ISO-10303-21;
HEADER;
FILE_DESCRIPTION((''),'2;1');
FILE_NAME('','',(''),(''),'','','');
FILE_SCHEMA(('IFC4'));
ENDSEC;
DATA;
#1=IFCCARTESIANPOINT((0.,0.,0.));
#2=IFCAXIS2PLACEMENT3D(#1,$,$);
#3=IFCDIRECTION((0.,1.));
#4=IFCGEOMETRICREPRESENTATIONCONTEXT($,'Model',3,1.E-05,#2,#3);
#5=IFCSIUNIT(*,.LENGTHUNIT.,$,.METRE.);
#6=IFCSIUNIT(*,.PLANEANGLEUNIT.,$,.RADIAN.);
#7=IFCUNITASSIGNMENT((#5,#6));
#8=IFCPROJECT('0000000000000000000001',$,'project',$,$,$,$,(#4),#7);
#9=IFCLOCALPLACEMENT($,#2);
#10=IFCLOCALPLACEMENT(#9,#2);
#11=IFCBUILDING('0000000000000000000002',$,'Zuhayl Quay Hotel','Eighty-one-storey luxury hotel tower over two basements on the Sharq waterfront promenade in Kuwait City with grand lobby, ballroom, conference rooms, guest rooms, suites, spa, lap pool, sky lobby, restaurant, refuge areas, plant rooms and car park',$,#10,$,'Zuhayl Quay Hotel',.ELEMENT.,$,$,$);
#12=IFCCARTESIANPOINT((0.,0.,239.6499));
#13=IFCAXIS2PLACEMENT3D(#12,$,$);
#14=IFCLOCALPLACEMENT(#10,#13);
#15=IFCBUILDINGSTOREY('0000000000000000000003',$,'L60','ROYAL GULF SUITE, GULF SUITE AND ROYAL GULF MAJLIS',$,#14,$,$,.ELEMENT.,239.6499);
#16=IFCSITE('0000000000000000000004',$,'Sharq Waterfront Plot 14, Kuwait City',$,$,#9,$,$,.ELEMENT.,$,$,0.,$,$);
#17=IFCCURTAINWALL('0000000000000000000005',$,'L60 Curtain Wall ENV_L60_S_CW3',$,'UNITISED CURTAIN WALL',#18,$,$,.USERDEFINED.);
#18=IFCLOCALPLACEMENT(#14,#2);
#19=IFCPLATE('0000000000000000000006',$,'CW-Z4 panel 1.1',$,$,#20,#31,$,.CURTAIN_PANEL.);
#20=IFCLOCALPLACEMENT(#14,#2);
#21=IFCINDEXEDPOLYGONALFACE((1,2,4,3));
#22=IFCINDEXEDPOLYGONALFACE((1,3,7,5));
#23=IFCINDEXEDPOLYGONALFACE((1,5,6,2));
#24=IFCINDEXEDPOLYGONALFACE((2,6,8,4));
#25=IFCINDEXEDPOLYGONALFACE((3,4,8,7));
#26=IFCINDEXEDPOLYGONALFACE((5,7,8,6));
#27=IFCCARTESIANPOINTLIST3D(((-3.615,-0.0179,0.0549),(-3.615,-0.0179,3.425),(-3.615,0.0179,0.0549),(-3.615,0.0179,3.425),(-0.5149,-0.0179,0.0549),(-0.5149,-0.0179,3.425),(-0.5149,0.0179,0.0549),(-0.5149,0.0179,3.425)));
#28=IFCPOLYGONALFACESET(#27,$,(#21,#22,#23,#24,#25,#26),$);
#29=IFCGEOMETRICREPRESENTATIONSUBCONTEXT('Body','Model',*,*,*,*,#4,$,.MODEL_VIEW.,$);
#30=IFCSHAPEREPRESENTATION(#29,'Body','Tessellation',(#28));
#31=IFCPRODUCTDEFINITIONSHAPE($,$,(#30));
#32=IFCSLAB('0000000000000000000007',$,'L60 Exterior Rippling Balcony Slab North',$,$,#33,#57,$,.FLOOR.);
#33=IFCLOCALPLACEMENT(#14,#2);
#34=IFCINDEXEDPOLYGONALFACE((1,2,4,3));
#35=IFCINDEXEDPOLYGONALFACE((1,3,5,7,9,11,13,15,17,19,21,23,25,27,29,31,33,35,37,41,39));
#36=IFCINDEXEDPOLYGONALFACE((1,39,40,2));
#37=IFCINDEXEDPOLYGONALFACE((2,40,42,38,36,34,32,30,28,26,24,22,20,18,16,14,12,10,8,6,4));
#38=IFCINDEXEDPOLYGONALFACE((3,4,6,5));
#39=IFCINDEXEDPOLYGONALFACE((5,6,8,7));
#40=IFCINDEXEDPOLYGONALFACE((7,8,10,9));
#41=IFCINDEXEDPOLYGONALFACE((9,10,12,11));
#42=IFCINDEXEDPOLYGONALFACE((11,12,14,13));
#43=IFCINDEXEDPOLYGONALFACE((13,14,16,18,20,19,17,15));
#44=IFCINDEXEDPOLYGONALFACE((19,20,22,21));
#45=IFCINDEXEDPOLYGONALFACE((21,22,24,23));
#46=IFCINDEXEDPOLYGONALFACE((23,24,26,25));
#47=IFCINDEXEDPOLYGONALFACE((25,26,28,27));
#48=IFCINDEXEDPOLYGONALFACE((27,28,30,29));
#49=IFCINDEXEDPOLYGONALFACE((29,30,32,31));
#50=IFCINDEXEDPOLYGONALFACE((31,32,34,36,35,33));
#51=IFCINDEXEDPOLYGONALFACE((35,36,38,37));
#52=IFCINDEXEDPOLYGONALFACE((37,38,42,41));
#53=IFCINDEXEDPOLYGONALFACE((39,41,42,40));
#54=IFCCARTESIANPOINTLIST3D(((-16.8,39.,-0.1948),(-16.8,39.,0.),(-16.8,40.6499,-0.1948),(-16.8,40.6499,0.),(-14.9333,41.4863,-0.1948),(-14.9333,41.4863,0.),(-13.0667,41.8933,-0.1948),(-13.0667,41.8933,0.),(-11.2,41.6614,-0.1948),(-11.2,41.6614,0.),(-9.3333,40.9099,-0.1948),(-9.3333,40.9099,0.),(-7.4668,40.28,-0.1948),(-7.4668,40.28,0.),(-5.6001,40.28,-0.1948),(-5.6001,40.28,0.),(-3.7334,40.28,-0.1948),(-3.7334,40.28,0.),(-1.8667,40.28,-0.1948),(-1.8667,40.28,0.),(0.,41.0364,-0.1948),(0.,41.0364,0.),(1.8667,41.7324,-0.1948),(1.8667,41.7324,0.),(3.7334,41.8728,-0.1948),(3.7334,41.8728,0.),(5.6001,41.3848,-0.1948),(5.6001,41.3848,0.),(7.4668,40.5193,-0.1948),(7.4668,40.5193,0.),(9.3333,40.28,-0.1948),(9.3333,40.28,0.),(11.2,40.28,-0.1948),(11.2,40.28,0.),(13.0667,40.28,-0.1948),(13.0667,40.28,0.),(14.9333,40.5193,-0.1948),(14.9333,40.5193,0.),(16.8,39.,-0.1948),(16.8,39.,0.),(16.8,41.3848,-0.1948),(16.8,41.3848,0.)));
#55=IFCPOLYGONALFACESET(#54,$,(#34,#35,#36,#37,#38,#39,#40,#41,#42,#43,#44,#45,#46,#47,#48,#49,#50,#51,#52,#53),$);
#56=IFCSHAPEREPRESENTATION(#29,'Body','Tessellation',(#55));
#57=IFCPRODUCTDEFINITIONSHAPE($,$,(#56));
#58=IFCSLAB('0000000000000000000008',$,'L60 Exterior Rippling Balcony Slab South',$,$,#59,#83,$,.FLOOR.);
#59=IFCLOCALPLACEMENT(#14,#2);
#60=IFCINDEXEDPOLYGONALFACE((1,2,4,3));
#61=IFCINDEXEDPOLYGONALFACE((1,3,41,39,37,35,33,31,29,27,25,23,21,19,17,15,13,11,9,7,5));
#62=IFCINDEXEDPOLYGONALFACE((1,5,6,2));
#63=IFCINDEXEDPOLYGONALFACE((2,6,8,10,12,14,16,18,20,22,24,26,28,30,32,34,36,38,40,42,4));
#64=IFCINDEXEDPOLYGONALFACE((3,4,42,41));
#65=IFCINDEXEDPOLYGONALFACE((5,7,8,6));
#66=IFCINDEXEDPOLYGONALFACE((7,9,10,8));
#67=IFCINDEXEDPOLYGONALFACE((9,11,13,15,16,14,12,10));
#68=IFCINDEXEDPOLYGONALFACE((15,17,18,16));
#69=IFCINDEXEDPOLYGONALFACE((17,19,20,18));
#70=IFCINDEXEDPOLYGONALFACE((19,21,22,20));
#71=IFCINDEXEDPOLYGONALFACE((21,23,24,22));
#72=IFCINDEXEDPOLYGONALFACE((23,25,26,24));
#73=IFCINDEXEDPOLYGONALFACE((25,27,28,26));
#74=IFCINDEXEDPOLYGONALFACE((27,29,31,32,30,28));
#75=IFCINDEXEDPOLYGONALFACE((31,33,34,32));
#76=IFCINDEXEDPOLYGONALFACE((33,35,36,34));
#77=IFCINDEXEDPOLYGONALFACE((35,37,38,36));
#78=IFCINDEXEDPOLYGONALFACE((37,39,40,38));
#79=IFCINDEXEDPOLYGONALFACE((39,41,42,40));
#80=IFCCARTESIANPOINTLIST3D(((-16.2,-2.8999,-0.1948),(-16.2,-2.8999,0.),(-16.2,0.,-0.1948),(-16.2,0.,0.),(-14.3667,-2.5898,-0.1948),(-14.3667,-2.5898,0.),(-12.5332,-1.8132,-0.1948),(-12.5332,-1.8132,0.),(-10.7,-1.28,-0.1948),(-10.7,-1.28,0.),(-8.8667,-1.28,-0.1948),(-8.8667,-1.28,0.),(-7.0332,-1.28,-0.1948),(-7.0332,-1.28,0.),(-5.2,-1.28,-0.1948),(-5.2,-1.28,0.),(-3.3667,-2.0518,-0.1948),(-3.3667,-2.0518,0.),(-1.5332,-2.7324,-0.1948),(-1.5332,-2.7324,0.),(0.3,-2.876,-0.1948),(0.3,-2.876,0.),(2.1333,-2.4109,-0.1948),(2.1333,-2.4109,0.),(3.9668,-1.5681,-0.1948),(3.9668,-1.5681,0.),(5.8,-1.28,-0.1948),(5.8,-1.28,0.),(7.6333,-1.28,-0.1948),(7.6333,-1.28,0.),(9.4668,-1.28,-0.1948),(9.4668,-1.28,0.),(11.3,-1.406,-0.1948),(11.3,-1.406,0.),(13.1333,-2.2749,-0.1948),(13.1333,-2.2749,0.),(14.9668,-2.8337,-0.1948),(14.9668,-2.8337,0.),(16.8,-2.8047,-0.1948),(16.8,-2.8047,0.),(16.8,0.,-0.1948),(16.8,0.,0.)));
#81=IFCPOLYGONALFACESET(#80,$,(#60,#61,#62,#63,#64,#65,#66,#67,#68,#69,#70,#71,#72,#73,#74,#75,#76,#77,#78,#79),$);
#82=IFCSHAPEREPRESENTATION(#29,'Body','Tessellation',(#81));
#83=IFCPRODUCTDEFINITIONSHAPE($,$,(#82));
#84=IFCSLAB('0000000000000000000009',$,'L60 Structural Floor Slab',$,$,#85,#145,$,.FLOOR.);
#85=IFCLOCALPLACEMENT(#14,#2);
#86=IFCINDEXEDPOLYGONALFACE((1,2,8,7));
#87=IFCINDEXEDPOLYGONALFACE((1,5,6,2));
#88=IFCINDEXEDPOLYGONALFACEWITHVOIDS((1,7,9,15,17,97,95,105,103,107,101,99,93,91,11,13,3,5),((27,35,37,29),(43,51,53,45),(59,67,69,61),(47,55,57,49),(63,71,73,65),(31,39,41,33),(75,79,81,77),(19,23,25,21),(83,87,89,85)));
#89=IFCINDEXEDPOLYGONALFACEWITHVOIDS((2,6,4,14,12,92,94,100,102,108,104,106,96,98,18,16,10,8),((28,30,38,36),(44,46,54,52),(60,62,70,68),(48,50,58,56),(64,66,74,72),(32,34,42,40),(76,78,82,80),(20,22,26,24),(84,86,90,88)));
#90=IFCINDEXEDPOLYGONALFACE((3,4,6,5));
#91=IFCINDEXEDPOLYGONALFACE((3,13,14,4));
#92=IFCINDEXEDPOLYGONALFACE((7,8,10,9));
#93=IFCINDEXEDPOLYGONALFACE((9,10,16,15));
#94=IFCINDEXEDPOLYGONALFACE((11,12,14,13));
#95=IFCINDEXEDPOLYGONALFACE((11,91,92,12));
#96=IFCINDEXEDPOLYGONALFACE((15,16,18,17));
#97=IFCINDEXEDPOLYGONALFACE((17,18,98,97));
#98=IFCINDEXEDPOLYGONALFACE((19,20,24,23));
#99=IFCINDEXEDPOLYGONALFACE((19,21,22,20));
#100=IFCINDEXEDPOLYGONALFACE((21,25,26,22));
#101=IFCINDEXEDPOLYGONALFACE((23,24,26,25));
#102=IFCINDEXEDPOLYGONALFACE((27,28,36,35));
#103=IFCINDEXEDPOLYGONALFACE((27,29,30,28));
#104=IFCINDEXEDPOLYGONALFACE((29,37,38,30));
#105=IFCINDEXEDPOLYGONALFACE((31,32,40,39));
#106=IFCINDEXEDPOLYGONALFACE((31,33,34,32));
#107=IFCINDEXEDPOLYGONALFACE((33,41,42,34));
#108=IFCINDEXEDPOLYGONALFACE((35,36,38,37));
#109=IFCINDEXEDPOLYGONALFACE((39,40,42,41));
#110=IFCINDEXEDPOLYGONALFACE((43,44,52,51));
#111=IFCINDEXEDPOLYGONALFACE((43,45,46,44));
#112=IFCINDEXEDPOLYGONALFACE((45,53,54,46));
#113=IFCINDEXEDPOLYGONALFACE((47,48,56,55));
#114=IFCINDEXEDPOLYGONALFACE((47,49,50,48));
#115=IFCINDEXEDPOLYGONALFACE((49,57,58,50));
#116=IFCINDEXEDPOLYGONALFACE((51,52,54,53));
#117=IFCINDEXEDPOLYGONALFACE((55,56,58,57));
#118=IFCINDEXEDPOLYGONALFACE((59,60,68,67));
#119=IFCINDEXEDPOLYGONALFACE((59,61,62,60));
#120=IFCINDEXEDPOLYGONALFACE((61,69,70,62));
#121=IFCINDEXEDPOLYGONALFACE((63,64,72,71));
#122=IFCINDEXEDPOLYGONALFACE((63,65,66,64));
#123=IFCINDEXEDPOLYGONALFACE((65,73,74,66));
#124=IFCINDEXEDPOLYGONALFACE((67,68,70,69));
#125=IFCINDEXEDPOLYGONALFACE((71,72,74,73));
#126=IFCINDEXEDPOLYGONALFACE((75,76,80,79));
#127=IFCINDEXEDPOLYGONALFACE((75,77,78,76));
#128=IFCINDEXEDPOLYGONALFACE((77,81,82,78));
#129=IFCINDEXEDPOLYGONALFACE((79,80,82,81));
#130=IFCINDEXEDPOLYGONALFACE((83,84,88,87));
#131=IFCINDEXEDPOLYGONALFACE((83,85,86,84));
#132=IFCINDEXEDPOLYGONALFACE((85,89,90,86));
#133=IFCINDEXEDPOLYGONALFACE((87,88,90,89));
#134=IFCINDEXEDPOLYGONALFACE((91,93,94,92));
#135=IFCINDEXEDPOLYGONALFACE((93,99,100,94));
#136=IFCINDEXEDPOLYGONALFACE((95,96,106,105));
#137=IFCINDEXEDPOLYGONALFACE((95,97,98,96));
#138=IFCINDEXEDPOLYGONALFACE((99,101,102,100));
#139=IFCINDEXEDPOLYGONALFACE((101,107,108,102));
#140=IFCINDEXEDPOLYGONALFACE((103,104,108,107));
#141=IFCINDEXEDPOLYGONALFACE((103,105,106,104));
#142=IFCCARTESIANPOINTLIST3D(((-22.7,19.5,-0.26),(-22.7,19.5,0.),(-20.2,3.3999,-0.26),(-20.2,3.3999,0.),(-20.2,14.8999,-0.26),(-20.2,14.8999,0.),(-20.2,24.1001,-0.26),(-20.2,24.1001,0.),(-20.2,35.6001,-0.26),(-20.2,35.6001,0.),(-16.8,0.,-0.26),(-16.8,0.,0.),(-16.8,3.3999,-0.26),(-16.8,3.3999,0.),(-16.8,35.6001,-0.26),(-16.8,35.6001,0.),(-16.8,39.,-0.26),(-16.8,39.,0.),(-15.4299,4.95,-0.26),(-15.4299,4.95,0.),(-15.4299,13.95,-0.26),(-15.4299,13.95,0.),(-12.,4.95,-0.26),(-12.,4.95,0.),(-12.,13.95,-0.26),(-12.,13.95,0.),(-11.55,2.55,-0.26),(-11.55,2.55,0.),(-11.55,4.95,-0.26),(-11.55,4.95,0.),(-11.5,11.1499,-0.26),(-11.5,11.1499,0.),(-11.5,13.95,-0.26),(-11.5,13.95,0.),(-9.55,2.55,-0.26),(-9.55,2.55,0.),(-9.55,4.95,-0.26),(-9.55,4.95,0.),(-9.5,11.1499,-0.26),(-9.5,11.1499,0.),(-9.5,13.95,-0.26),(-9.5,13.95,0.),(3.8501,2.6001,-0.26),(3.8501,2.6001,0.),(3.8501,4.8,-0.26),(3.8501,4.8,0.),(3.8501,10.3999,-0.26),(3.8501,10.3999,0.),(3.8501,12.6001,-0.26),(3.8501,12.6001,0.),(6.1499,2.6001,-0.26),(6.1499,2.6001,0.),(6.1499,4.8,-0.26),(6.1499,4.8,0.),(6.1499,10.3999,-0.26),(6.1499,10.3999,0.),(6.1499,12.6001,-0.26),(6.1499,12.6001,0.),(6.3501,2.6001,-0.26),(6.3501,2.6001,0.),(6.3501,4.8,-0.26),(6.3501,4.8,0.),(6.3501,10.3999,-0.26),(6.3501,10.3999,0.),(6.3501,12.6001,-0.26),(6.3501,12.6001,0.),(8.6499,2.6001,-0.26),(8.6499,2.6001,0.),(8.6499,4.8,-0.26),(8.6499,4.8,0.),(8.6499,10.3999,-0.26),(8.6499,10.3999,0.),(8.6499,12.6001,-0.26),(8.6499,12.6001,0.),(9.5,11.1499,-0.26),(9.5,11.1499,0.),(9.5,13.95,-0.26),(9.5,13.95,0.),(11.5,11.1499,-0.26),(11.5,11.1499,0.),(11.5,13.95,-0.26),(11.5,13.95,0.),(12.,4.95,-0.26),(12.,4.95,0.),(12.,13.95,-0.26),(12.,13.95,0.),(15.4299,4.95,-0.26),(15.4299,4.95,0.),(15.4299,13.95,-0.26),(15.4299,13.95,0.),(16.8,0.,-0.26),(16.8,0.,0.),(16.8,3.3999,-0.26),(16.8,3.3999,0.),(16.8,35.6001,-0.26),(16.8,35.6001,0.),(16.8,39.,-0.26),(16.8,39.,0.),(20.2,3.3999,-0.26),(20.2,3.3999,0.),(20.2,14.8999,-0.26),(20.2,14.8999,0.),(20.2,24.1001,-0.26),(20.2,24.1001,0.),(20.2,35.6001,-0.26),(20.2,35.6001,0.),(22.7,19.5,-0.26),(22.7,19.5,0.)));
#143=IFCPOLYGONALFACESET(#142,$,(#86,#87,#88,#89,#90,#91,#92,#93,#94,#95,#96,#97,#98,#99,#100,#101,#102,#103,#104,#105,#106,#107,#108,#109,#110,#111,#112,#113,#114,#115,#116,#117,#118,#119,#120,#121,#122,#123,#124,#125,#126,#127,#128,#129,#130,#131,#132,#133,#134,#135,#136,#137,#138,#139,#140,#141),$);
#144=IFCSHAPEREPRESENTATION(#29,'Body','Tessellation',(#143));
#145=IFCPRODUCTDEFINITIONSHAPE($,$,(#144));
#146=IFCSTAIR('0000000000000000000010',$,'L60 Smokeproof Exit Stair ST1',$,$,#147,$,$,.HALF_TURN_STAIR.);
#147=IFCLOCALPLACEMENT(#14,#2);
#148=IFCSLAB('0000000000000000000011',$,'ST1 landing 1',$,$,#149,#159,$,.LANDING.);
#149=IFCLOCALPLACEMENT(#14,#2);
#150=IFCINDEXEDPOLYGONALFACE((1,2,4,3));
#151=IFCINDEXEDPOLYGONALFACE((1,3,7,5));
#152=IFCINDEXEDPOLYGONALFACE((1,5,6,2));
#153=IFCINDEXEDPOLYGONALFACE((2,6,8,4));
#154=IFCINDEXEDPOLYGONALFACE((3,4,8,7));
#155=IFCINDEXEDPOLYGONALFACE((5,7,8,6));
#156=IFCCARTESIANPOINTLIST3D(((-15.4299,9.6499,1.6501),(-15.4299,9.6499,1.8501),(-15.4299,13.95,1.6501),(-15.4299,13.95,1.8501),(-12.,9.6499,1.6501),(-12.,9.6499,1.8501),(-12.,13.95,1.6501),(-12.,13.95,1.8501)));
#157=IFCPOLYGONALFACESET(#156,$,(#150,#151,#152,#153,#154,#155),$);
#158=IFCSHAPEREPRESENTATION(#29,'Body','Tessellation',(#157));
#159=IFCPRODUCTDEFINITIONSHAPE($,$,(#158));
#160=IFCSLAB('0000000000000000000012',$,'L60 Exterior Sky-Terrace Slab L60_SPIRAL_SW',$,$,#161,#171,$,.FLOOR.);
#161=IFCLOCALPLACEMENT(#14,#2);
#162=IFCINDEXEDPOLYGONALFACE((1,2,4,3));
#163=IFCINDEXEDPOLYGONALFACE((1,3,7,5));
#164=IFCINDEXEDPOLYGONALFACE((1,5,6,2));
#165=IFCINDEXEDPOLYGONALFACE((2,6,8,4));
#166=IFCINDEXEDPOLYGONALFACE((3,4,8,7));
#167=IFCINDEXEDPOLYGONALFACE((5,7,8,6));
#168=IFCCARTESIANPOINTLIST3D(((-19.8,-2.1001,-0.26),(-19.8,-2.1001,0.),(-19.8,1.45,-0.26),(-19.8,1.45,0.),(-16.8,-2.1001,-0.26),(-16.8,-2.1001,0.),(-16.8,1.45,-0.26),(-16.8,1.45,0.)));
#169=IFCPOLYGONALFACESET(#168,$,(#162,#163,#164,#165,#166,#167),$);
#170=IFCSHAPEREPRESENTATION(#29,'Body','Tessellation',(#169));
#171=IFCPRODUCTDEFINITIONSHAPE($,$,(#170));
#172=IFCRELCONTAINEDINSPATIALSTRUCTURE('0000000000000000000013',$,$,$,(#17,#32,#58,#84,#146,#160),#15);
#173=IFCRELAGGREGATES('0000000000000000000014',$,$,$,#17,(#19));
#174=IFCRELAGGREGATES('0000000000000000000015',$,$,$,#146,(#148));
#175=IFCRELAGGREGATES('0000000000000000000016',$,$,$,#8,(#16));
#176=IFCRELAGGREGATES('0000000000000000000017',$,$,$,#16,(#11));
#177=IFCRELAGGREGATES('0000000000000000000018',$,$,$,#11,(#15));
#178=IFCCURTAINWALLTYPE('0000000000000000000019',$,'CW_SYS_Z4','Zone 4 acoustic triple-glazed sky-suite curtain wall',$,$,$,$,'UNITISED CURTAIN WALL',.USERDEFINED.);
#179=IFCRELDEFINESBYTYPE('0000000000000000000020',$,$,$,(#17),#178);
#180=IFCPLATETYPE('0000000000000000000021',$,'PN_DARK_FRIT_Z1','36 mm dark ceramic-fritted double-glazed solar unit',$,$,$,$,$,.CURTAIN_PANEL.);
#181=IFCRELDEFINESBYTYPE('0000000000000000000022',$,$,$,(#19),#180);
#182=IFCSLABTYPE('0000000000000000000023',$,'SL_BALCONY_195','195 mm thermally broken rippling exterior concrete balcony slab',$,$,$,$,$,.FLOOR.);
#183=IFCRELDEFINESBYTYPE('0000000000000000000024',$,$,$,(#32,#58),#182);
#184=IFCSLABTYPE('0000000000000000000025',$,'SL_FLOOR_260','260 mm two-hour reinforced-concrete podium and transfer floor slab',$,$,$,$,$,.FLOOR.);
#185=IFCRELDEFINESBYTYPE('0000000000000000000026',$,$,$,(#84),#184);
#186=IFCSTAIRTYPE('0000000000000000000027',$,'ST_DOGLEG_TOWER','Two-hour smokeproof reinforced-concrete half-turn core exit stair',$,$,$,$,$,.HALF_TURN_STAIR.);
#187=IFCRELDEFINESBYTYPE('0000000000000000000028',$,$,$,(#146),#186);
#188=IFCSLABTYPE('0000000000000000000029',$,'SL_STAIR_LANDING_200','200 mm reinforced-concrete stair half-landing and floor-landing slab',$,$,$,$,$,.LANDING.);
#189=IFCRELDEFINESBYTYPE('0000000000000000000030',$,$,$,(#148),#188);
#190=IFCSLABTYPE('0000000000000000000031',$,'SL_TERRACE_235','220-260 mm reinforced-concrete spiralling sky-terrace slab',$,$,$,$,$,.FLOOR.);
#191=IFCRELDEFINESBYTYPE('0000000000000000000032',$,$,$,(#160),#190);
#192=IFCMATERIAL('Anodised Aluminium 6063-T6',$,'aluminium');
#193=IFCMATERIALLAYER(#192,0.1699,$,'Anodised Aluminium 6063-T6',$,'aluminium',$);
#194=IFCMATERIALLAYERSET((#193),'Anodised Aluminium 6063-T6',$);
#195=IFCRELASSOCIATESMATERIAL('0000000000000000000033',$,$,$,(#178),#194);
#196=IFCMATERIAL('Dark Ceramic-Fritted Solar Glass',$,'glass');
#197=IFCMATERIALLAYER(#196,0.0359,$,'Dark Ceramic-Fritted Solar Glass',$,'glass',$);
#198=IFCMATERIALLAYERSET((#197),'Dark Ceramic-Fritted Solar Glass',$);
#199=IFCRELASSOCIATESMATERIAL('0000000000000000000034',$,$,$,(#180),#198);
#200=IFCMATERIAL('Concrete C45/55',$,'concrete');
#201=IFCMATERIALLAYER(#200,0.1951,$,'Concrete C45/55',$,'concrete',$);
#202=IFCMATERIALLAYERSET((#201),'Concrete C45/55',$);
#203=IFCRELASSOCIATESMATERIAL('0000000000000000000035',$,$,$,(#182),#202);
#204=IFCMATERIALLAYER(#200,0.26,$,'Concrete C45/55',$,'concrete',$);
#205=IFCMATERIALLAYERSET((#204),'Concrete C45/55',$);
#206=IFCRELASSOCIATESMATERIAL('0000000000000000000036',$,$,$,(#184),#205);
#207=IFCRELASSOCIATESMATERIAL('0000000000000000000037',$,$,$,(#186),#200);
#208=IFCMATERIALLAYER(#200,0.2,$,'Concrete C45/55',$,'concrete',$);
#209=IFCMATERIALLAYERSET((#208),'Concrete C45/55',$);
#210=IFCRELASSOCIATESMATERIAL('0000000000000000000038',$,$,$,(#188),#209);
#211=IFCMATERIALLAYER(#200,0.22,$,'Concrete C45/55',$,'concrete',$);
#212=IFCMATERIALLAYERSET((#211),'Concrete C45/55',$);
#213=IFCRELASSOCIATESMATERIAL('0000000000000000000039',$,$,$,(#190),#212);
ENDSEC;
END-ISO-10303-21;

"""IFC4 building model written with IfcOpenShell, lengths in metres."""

from ifc_helpers import new_model, si_unit, direction, frame, origin, origin_2d, place, context, subcontext, project, spatial, polyline, rectangle, outline, extrude, material, layer, layer_set, type_object, element, aggregate, save


model = new_model("IFC4")

# Units and contexts
model_context = context("Model", 3, precision=1e-05, world=origin(), true_north=direction((0.0, 1.0)))
body_context = subcontext(model_context, "Body", "Model", "MODEL_VIEW")
ifc_project = project(units=[si_unit("LENGTHUNIT", "METRE"), si_unit("PLANEANGLEUNIT", "RADIAN")], contexts=[model_context])

# Site, building, storey
site_placement = place(None, origin())
site = spatial("IfcSite", under=ifc_project, at=site_placement, Name="Sharq Waterfront Plot 14, Kuwait City", CompositionType="ELEMENT", RefElevation=0.0)
building_placement = place(site_placement, origin())
building = spatial("IfcBuilding", under=site, at=building_placement, Name="Zuhayl Quay Hotel", Description="Eighty-one-storey luxury hotel tower over two basements on the Sharq waterfront promenade in Kuwait City with grand lobby, ballroom, conference rooms, guest rooms, suites, spa, lap pool, sky lobby, restaurant, refuge areas, plant rooms and car park", LongName="Zuhayl Quay Hotel", CompositionType="ELEMENT")
storey_placement = place(building_placement, frame((0.0, 0.0, 239.6499)))
storey = spatial("IfcBuildingStorey", under=building, at=storey_placement, Name="L60", Description="ROYAL GULF SUITE, GULF SUITE AND ROYAL GULF MAJLIS", CompositionType="ELEMENT", Elevation=239.6499)

# Curtain wall
ifc_material_1 = material(Name="Anodised Aluminium 6063-T6", Category="aluminium")
ifc_layer_1 = layer(ifc_material_1, 0.1699, Name="Anodised Aluminium 6063-T6", Category="aluminium")
ifc_layer_set_1 = layer_set([ifc_layer_1], Name="Anodised Aluminium 6063-T6")
curtain_wall_type = type_object("IfcCurtainWallType", Name="CW_SYS_Z4", Description="Zone 4 acoustic triple-glazed sky-suite curtain wall", ElementType="UNITISED CURTAIN WALL", PredefinedType="USERDEFINED", material=ifc_layer_set_1)
curtain_wall_1_placement = place(storey_placement, origin())
curtain_wall_1 = element("IfcCurtainWall", 1, at=curtain_wall_1_placement, inside=storey, type_object=curtain_wall_type, Name="L60 Curtain Wall ENV_L60_S_CW3", ObjectType="UNITISED CURTAIN WALL", PredefinedType="USERDEFINED")

# Plate
ifc_material_2 = material(Name="Dark Ceramic-Fritted Solar Glass", Category="glass")
ifc_layer_2 = layer(ifc_material_2, 0.0359, Name="Dark Ceramic-Fritted Solar Glass", Category="glass")
ifc_layer_set_2 = layer_set([ifc_layer_2], Name="Dark Ceramic-Fritted Solar Glass")
plate_type = type_object("IfcPlateType", Name="PN_DARK_FRIT_Z1", Description="36 mm dark ceramic-fritted double-glazed solar unit", PredefinedType="CURTAIN_PANEL", material=ifc_layer_set_2)
plate_placement = place(storey_placement, frame((-2.0649, 0.0, 0.0549), z_axis=(0.0, 0.0, 1.0), x_axis=(-1.0, 0.0, 0.0)))
plate = element("IfcPlate", 2, at=plate_placement, type_object=plate_type, Name="CW-Z4 panel 1.1", PredefinedType="CURTAIN_PANEL", context=body_context, shape_type="SweptSolid", body=[
    extrude(rectangle(XDim=3.1001, YDim=0.0359, at=origin_2d()), origin(), (0.0, 0.0, 1.0), 3.3701),
])
aggregate(curtain_wall_1, [plate])

# Slabs
ifc_material_3 = material(Name="Concrete C45/55", Category="concrete")
ifc_layer_3 = layer(ifc_material_3, 0.1951, Name="Concrete C45/55", Category="concrete")
ifc_layer_set_3 = layer_set([ifc_layer_3], Name="Concrete C45/55")
slab_type_1 = type_object("IfcSlabType", Name="SL_BALCONY_195", Description="195 mm thermally broken rippling exterior concrete balcony slab", PredefinedType="FLOOR", material=ifc_layer_set_3)
slab_1_placement = place(storey_placement, frame((0.0, 0.0, -0.1948)))
element("IfcSlab", 3, at=slab_1_placement, inside=storey, type_object=slab_type_1, Name="L60 Exterior Rippling Balcony Slab North", PredefinedType="FLOOR", context=body_context, shape_type="SweptSolid", body=[
    extrude(outline(polyline([(-16.8, 39.0), (16.8, 39.0), (16.8, 41.3848), (14.9333, 40.5193), (13.0667, 40.28), (11.2, 40.28), (9.3333, 40.28), (7.4668, 40.5193), (5.6001, 41.3848), (3.7334, 41.8728), (1.8667, 41.7324), (0.0, 41.0364), (-1.8667, 40.28), (-3.7334, 40.28), (-5.6001, 40.28), (-7.4668, 40.28), (-9.3333, 40.9099), (-11.2, 41.6614), (-13.0667, 41.8933), (-14.9333, 41.4863), (-16.8, 40.6499), (-16.8, 39.0)])), origin(), (0.0, 0.0, 1.0), 0.1948),
])
slab_2_placement = place(storey_placement, frame((0.0, 0.0, -0.1948)))
element("IfcSlab", 4, at=slab_2_placement, inside=storey, type_object=slab_type_1, Name="L60 Exterior Rippling Balcony Slab South", PredefinedType="FLOOR", context=body_context, shape_type="SweptSolid", body=[
    extrude(outline(polyline([(-16.2, -2.8999), (-14.3667, -2.5898), (-12.5332, -1.8132), (-10.7, -1.28), (-8.8667, -1.28), (-7.0332, -1.28), (-5.2, -1.28), (-3.3667, -2.0518), (-1.5332, -2.7324), (0.3, -2.876), (2.1333, -2.4109), (3.9668, -1.5681), (5.8, -1.28), (7.6333, -1.28), (9.4668, -1.28), (11.3, -1.406), (13.1333, -2.2749), (14.9668, -2.8337), (16.8, -2.8047), (16.8, 0.0), (-16.2, 0.0), (-16.2, -2.8999)])), origin(), (0.0, 0.0, 1.0), 0.1948),
])
ifc_layer_4 = layer(ifc_material_3, 0.26, Name="Concrete C45/55", Category="concrete")
ifc_layer_set_4 = layer_set([ifc_layer_4], Name="Concrete C45/55")
slab_type_2 = type_object("IfcSlabType", Name="SL_FLOOR_260", Description="260 mm two-hour reinforced-concrete podium and transfer floor slab", PredefinedType="FLOOR", material=ifc_layer_set_4)
slab_3_placement = place(storey_placement, frame((0.0, 0.0, -0.26)))
element("IfcSlab", 5, at=slab_3_placement, inside=storey, type_object=slab_type_2, Name="L60 Structural Floor Slab", PredefinedType="FLOOR", context=body_context, shape_type="SweptSolid", body=[
    extrude(outline(polyline([(-16.8, 0.0), (16.8, 0.0), (16.8, 3.3999), (20.2, 3.3999), (20.2, 14.8999), (22.7, 19.5), (20.2, 24.1001), (20.2, 35.6001), (16.8, 35.6001), (16.8, 39.0), (-16.8, 39.0), (-16.8, 35.6001), (-20.2, 35.6001), (-20.2, 24.1001), (-22.7, 19.5), (-20.2, 14.8999), (-20.2, 3.3999), (-16.8, 3.3999), (-16.8, 0.0)]), holes=[polyline([(-12.0, 4.95), (-12.0, 13.95), (-15.4299, 13.95), (-15.4299, 4.95), (-12.0, 4.95)]), polyline([(15.4299, 4.95), (15.4299, 13.95), (12.0, 13.95), (12.0, 4.95), (15.4299, 4.95)]), polyline([(-11.5, 11.1499), (-9.5, 11.1499), (-9.5, 13.95), (-11.5, 13.95), (-11.5, 11.1499)]), polyline([(9.5, 11.1499), (11.5, 11.1499), (11.5, 13.95), (9.5, 13.95), (9.5, 11.1499)]), polyline([(3.8501, 2.6001), (6.1499, 2.6001), (6.1499, 4.8), (3.8501, 4.8), (3.8501, 2.6001)]), polyline([(6.3501, 2.6001), (8.6499, 2.6001), (8.6499, 4.8), (6.3501, 4.8), (6.3501, 2.6001)]), polyline([(3.8501, 10.3999), (6.1499, 10.3999), (6.1499, 12.6001), (3.8501, 12.6001), (3.8501, 10.3999)]), polyline([(6.3501, 10.3999), (8.6499, 10.3999), (8.6499, 12.6001), (6.3501, 12.6001), (6.3501, 10.3999)]), polyline([(-11.55, 2.55), (-9.55, 2.55), (-9.55, 4.95), (-11.55, 4.95), (-11.55, 2.55)])]), origin(), (0.0, 0.0, 1.0), 0.26),
])

# Stair, slab
stair_type = type_object("IfcStairType", Name="ST_DOGLEG_TOWER", Description="Two-hour smokeproof reinforced-concrete half-turn core exit stair", PredefinedType="HALF_TURN_STAIR", material=ifc_material_3)
stair_placement = place(storey_placement, origin())
stair = element("IfcStair", 6, at=stair_placement, inside=storey, type_object=stair_type, Name="L60 Smokeproof Exit Stair ST1", PredefinedType="HALF_TURN_STAIR")
ifc_layer_5 = layer(ifc_material_3, 0.2, Name="Concrete C45/55", Category="concrete")
ifc_layer_set_5 = layer_set([ifc_layer_5], Name="Concrete C45/55")
slab_type_3 = type_object("IfcSlabType", Name="SL_STAIR_LANDING_200", Description="200 mm reinforced-concrete stair half-landing and floor-landing slab", PredefinedType="LANDING", material=ifc_layer_set_5)
slab_4_placement = place(storey_placement, frame((0.0, 0.0, 1.6501)))
slab_4 = element("IfcSlab", 7, at=slab_4_placement, type_object=slab_type_3, Name="ST1 landing 1", PredefinedType="LANDING", context=body_context, shape_type="SweptSolid", body=[
    extrude(outline(polyline([(-12.0, 9.6499), (-12.0, 13.95), (-15.4299, 13.95), (-15.4299, 9.6499), (-12.0, 9.6499)])), origin(), (0.0, 0.0, 1.0), 0.2),
])
aggregate(stair, [slab_4])

# Slab
ifc_layer_6 = layer(ifc_material_3, 0.22, Name="Concrete C45/55", Category="concrete")
ifc_layer_set_6 = layer_set([ifc_layer_6], Name="Concrete C45/55")
slab_type_4 = type_object("IfcSlabType", Name="SL_TERRACE_235", Description="220-260 mm reinforced-concrete spiralling sky-terrace slab", PredefinedType="FLOOR", material=ifc_layer_set_6)
slab_5_placement = place(storey_placement, frame((0.0, 0.0, -0.26)))
element("IfcSlab", 8, at=slab_5_placement, inside=storey, type_object=slab_type_4, Name="L60 Exterior Sky-Terrace Slab L60_SPIRAL_SW", PredefinedType="FLOOR", context=body_context, shape_type="SweptSolid", body=[
    extrude(outline(polyline([(-19.8, -2.1001), (-16.8, -2.1001), (-16.8, 1.45), (-19.8, 1.45), (-19.8, -2.1001)])), origin(), (0.0, 0.0, 1.0), 0.26),
])

save(model, "model.ifc")
